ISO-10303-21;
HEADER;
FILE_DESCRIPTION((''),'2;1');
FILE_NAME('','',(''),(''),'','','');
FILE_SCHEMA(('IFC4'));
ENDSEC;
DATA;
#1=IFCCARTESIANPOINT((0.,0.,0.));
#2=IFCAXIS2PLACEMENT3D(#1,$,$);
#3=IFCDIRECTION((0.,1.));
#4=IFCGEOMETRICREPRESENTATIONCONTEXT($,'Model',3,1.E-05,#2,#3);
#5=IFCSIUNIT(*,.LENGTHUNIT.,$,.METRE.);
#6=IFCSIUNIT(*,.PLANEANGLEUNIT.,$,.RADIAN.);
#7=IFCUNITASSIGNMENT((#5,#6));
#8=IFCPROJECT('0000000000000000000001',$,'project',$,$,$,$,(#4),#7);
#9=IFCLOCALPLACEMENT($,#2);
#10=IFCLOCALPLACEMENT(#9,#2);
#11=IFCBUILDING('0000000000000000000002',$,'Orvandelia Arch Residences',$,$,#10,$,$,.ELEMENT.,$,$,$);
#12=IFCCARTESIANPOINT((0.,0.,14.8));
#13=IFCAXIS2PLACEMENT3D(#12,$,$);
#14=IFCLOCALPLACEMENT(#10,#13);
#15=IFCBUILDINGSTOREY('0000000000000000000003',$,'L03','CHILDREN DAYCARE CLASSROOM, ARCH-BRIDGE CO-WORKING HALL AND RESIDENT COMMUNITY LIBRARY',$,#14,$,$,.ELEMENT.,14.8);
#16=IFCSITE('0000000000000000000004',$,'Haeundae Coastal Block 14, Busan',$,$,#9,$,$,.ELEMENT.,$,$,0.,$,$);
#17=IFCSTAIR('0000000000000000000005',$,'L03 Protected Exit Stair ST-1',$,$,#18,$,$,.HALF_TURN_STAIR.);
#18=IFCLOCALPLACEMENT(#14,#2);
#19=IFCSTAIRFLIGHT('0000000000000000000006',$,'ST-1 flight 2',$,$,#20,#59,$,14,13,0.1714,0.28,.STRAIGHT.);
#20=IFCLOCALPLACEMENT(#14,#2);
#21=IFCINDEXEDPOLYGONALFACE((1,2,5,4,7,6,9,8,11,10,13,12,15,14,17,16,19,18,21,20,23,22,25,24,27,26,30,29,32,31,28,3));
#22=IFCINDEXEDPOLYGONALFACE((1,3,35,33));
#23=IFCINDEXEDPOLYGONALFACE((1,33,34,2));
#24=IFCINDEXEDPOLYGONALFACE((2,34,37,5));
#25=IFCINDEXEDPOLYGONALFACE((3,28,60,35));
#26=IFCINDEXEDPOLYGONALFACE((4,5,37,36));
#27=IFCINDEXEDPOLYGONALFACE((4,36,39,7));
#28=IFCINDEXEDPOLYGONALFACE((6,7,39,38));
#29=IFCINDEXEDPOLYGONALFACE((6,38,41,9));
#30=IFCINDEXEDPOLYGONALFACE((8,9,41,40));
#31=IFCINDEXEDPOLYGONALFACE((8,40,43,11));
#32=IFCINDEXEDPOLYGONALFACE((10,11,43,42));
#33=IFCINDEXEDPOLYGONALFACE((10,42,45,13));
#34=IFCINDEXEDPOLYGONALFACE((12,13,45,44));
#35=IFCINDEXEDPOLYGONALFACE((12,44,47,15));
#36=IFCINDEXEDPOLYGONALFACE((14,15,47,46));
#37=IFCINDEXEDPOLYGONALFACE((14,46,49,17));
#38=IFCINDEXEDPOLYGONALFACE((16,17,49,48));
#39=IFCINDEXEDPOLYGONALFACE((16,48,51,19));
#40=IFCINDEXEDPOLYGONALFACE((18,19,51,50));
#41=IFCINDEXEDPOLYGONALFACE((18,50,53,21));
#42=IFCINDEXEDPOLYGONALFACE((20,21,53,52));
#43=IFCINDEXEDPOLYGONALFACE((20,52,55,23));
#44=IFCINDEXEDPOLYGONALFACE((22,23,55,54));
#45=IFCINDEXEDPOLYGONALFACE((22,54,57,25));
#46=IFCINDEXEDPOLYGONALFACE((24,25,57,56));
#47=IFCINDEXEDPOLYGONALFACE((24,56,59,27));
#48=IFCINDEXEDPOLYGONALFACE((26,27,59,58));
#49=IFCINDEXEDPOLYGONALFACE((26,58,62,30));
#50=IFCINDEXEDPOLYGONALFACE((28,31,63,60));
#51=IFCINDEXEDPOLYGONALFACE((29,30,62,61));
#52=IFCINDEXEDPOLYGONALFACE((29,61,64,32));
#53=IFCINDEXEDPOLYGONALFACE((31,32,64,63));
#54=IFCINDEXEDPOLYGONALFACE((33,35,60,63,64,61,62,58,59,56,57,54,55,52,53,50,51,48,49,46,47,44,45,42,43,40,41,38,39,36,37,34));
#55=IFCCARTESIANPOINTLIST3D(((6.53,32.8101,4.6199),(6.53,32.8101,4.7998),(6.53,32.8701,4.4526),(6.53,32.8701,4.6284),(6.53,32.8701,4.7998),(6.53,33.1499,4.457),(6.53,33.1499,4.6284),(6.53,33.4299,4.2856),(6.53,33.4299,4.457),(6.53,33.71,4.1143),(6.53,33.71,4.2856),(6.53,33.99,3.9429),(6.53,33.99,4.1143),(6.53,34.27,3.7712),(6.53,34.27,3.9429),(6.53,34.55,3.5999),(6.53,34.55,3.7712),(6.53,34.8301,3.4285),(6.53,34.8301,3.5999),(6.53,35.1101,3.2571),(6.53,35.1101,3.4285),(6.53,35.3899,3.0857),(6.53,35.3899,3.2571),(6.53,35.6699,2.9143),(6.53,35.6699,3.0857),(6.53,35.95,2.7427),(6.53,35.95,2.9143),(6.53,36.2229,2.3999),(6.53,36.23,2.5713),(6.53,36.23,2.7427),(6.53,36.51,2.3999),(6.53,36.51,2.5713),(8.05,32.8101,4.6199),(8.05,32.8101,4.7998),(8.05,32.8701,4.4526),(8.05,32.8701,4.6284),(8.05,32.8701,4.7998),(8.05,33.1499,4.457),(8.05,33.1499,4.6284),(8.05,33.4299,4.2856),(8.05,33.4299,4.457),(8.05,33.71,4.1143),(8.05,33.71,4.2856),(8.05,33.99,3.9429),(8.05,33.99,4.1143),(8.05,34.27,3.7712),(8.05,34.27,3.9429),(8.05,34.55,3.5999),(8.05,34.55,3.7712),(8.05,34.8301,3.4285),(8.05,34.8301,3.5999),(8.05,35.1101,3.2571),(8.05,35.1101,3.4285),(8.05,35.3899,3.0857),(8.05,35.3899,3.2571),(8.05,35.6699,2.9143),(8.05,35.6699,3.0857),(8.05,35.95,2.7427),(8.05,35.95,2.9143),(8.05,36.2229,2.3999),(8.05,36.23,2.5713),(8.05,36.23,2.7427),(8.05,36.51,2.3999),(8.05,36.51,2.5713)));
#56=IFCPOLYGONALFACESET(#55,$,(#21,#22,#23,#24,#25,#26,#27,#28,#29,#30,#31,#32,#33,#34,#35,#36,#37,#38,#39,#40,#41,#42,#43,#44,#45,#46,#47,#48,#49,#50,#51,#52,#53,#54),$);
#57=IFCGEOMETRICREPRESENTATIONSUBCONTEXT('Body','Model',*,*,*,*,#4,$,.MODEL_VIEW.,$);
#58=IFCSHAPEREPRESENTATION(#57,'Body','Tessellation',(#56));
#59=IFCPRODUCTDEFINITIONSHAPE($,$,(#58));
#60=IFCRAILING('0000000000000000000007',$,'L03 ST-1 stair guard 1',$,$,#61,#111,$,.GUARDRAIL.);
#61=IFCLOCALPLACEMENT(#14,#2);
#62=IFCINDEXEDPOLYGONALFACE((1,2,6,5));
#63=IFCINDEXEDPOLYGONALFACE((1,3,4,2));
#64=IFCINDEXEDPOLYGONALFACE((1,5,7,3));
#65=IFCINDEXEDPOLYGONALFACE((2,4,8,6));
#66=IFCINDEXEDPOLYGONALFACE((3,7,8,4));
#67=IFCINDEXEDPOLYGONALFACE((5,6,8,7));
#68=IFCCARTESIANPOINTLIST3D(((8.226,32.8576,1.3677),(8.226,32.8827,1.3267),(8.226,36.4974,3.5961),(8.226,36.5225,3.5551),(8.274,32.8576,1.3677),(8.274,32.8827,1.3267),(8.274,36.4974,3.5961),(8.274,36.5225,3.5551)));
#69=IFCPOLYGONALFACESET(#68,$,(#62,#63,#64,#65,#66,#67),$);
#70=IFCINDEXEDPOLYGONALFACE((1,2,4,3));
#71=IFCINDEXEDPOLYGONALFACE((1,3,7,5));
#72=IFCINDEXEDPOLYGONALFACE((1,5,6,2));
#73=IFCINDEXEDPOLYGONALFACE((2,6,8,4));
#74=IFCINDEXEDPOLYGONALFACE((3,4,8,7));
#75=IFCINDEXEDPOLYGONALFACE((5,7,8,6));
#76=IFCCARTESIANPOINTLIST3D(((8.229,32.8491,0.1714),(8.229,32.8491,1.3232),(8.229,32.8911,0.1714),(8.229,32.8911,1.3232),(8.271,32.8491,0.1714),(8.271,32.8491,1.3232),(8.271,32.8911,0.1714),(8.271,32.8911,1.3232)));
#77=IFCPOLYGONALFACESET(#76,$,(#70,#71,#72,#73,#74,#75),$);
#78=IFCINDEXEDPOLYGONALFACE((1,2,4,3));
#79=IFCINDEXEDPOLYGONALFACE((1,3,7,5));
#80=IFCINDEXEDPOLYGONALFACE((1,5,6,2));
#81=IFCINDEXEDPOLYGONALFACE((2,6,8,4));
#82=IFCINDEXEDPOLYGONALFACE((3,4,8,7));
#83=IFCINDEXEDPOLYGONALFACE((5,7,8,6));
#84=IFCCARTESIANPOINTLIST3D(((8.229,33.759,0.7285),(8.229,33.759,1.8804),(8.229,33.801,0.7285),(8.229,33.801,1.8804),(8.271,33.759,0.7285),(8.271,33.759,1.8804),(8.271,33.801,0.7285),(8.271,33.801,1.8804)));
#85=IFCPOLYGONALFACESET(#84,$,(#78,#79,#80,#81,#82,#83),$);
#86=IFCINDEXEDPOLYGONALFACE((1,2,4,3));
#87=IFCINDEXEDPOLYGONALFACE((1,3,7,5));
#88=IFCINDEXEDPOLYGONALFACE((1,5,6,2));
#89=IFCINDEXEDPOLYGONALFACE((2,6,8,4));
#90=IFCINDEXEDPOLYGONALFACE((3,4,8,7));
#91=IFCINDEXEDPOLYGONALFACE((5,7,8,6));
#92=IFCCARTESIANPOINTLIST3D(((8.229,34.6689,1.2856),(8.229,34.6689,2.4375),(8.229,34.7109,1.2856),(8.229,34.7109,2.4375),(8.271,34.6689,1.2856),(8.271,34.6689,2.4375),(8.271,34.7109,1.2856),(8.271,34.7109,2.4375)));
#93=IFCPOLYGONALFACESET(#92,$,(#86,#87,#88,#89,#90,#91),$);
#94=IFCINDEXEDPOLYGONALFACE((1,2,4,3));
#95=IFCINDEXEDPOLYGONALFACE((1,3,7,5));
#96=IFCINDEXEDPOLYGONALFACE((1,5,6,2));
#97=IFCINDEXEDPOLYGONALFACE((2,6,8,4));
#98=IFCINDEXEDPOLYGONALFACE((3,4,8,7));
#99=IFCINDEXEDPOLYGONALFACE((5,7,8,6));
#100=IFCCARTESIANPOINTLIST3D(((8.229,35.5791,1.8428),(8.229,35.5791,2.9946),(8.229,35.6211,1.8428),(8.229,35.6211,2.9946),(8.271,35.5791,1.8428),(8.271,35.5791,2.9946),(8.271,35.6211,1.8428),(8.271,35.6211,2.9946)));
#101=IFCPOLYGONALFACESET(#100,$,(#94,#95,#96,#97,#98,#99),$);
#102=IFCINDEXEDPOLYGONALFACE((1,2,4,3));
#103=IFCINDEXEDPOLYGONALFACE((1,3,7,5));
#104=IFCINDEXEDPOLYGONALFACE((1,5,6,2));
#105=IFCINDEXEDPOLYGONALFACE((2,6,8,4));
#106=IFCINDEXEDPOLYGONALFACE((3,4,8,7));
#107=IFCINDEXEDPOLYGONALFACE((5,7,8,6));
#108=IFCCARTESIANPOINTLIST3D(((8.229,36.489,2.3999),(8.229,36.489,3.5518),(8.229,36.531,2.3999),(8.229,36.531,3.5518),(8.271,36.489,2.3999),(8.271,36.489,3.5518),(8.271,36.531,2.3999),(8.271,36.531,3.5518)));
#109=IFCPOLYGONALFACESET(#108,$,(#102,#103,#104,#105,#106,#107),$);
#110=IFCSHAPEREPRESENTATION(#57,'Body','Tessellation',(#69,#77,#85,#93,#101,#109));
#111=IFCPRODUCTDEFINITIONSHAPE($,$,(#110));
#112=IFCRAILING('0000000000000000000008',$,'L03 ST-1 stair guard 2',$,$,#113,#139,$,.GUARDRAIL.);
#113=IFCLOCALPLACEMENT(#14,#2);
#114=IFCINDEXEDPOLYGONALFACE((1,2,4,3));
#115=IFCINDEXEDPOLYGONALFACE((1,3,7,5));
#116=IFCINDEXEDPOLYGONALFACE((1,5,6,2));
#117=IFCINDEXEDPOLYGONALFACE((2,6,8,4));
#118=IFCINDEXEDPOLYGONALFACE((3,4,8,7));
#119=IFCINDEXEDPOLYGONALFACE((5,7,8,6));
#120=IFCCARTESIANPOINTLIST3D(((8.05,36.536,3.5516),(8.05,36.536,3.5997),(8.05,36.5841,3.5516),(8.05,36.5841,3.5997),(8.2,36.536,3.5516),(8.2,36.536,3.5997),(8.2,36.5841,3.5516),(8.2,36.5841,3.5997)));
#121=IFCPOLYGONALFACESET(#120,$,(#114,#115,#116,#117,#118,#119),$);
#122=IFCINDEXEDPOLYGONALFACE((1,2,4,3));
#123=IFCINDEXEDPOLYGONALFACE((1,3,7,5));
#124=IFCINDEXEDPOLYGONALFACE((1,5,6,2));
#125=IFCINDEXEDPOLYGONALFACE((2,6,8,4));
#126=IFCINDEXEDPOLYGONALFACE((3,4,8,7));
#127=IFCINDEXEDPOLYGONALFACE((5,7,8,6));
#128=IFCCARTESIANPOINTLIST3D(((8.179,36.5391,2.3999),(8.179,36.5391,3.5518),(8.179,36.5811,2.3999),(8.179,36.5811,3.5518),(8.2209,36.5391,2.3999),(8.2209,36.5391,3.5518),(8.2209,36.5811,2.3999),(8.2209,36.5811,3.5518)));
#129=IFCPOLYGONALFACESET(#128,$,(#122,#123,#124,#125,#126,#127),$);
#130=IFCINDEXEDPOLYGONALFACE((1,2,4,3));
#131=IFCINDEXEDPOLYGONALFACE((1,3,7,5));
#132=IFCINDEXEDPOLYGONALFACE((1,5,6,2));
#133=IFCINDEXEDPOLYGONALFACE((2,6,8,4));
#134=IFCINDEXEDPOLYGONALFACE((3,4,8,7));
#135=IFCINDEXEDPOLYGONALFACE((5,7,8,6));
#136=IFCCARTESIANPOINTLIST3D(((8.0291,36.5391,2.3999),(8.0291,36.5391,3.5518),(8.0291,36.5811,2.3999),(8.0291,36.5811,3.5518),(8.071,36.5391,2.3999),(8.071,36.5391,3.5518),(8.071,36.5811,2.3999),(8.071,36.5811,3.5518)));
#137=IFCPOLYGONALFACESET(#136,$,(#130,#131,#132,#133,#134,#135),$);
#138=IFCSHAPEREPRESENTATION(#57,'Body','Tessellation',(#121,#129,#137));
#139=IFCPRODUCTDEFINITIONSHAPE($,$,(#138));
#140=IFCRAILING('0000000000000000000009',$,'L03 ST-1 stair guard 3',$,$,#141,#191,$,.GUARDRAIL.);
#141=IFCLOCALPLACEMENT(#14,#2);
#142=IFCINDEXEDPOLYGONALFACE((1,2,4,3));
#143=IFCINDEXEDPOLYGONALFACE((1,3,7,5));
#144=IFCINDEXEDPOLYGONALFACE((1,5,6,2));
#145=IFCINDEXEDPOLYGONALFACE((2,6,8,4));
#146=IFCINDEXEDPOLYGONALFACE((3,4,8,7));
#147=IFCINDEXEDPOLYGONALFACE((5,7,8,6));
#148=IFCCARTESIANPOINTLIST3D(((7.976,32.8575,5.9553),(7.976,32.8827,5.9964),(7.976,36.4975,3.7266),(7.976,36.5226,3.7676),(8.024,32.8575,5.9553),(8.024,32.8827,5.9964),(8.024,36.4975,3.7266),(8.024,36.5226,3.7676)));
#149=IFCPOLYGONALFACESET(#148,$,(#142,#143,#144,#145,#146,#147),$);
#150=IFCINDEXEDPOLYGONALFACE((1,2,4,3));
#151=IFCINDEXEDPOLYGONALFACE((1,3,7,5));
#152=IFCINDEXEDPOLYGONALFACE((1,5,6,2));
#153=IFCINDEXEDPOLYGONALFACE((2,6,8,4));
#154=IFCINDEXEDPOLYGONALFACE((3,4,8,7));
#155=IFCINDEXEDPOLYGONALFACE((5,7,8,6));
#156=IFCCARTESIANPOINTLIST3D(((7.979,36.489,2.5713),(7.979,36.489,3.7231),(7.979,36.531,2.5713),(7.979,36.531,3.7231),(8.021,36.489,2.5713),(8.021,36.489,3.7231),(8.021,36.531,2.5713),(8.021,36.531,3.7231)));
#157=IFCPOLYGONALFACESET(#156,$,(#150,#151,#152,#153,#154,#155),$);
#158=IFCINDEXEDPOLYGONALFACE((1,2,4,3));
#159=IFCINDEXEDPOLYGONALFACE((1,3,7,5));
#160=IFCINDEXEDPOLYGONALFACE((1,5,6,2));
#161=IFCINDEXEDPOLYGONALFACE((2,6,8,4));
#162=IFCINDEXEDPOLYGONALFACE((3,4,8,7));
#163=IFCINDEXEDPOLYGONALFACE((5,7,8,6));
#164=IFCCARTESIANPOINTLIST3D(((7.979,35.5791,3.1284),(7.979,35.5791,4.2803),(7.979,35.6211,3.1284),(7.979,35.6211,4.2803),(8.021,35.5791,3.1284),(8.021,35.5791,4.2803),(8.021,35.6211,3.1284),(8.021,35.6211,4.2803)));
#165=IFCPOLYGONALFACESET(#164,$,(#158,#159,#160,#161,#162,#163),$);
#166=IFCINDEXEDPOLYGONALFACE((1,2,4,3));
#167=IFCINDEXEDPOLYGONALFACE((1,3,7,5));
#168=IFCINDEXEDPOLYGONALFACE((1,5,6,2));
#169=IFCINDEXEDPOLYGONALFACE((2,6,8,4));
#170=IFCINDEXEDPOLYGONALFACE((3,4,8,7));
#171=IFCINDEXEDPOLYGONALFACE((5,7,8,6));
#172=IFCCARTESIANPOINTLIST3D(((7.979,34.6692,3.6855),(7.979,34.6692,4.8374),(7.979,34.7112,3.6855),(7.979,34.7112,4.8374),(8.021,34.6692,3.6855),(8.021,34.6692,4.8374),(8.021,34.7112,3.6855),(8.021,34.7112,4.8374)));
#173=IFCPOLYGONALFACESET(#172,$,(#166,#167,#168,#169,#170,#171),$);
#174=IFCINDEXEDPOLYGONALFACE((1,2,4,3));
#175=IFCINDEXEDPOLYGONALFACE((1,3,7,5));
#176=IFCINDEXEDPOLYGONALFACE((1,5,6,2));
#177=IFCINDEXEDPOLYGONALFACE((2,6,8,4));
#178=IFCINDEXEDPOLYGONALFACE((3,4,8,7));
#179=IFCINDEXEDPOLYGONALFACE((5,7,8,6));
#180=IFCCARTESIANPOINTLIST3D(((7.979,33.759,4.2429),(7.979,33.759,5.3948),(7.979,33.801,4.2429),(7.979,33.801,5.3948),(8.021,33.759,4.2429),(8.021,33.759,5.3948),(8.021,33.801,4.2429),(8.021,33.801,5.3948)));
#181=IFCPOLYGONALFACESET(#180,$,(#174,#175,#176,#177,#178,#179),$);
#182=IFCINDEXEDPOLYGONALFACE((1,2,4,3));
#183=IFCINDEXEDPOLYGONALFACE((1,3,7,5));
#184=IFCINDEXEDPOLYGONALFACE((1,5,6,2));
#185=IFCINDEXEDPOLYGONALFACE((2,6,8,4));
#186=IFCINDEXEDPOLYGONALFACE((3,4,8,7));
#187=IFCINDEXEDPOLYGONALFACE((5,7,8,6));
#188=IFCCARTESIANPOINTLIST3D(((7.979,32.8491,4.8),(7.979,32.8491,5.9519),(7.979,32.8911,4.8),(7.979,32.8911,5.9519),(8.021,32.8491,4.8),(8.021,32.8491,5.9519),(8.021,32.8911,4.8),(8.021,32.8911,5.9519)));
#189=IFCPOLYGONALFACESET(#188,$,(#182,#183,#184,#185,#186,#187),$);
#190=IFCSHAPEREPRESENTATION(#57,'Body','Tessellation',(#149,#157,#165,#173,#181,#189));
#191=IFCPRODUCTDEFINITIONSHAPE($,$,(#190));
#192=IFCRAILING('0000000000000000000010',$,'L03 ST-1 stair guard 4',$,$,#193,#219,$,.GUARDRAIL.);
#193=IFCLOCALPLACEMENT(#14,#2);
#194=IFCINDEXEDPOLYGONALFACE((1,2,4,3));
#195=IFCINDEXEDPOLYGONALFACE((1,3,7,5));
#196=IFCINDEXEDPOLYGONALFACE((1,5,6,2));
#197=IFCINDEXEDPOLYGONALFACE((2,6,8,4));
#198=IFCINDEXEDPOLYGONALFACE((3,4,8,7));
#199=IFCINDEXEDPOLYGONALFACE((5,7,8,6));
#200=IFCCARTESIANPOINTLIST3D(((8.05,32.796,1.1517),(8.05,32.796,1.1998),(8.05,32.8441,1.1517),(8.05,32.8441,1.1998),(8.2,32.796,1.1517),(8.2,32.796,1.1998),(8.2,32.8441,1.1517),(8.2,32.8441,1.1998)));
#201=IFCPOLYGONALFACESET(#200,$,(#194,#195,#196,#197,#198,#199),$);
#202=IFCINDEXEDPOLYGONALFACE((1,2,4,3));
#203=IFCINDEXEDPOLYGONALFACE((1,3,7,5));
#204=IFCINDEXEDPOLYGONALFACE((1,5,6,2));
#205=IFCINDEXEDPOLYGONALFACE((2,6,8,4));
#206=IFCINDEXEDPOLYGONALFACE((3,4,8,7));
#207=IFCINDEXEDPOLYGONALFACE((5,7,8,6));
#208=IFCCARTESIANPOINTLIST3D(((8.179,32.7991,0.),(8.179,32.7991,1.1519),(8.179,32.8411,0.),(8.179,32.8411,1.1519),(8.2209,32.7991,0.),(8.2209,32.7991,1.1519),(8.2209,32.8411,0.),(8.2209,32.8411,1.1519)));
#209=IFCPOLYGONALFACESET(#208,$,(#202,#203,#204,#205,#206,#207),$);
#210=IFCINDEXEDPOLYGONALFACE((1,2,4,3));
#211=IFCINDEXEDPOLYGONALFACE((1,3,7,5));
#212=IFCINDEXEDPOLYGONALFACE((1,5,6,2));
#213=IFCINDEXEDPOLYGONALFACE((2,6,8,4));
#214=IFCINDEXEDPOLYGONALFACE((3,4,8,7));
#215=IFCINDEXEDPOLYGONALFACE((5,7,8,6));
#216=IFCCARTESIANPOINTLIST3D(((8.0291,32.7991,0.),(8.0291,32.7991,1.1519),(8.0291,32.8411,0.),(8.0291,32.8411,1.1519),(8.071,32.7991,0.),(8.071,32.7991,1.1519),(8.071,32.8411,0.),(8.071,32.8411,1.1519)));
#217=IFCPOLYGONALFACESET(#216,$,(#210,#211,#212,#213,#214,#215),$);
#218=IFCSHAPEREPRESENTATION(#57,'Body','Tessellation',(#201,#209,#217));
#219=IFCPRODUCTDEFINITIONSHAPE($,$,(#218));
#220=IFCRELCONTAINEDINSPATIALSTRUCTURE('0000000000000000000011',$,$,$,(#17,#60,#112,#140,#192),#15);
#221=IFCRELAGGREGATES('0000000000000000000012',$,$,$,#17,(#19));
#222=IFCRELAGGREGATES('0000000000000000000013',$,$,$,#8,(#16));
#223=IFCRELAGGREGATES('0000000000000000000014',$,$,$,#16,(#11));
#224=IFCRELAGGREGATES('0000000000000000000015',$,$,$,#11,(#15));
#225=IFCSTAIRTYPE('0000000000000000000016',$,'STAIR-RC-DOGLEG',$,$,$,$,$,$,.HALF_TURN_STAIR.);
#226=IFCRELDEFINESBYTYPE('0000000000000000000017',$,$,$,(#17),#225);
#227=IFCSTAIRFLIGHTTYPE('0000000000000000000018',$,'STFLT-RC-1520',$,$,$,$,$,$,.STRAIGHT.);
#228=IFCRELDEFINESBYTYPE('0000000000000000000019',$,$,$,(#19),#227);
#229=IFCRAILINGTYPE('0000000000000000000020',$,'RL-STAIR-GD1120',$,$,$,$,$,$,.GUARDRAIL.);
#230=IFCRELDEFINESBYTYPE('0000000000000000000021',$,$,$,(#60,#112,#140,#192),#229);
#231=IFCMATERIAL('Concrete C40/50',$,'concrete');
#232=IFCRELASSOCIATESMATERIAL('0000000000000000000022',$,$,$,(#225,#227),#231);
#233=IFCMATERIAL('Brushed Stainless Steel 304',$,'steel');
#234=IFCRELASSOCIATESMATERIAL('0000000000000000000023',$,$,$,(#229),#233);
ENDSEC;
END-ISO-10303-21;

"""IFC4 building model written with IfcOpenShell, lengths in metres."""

from ifc_helpers import new_model, si_unit, direction, frame, origin, origin_2d, place, context, subcontext, project, spatial, polyline, rectangle, outline, extrude, material, type_object, element, aggregate, save


model = new_model("IFC4")

# Units and contexts
model_context = context("Model", 3, precision=1e-05, world=origin(), true_north=direction((0.0, 1.0)))
body_context = subcontext(model_context, "Body", "Model", "MODEL_VIEW")
ifc_project = project(units=[si_unit("LENGTHUNIT", "METRE"), si_unit("PLANEANGLEUNIT", "RADIAN")], contexts=[model_context])

# Site, building, storey
site_placement = place(None, origin())
site = spatial("IfcSite", under=ifc_project, at=site_placement, Name="Haeundae Coastal Block 14, Busan", CompositionType="ELEMENT", RefElevation=0.0)
building_placement = place(site_placement, origin())
building = spatial("IfcBuilding", under=site, at=building_placement, Name="Orvandelia Arch Residences", CompositionType="ELEMENT")
storey_placement = place(building_placement, frame((0.0, 0.0, 14.8)))
storey = spatial("IfcBuildingStorey", under=building, at=storey_placement, Name="L03", Description="CHILDREN DAYCARE CLASSROOM, ARCH-BRIDGE CO-WORKING HALL AND RESIDENT COMMUNITY LIBRARY", CompositionType="ELEMENT", Elevation=14.8)

# Stair, stair flight
ifc_material_1 = material(Name="Concrete C40/50", Category="concrete")
stair_type = type_object("IfcStairType", Name="STAIR-RC-DOGLEG", PredefinedType="HALF_TURN_STAIR", material=ifc_material_1)
stair_placement = place(storey_placement, origin())
stair = element("IfcStair", 1, at=stair_placement, inside=storey, type_object=stair_type, Name="L03 Protected Exit Stair ST-1", PredefinedType="HALF_TURN_STAIR")
stair_flight_type = type_object("IfcStairFlightType", Name="STFLT-RC-1520", PredefinedType="STRAIGHT", material=ifc_material_1)
stair_flight_1_placement = place(storey_placement, frame((7.29, 36.51, 2.3999), z_axis=(0.0, 0.0, 1.0), x_axis=(0.0, -1.0, 0.0)))
stair_flight_1 = element("IfcStairFlight", 2, at=stair_flight_1_placement, type_object=stair_flight_type, Name="ST-1 flight 2", NumberOfRisers=14, NumberOfTreads=13, PredefinedType="STRAIGHT", RiserHeight=0.1714, TreadLength=0.28, context=body_context, shape_type="SweptSolid", body=[
    extrude(outline(polyline([(0.0, 0.0), (0.0, 0.1714), (0.28, 0.1714), (0.28, 0.3428), (0.5601, 0.3428), (0.5601, 0.5144), (0.8401, 0.5144), (0.8401, 0.6858), (1.1201, 0.6858), (1.1201, 0.8572), (1.3999, 0.8572), (1.3999, 1.0286), (1.6799, 1.0286), (1.6799, 1.2), (1.96, 1.2), (1.96, 1.3713), (2.24, 1.3713), (2.24, 1.543), (2.52, 1.543), (2.52, 1.7144), (2.8, 1.7144), (2.8, 1.8857), (3.0801, 1.8857), (3.0801, 2.0571), (3.3601, 2.0571), (3.3601, 2.2285), (3.6399, 2.2285), (3.6399, 2.3999), (3.7, 2.3999), (3.7, 2.22), (3.6399, 2.0527), (0.2871, 0.0), (0.0, 0.0)])), frame((0.0, 0.76, 0.0), z_axis=(0.0, -1.0, 0.0), x_axis=(1.0, 0.0, 0.0)), (0.0, 0.0, 1.0), 1.52),
])
aggregate(stair, [stair_flight_1])

# Railings
ifc_material_2 = material(Name="Brushed Stainless Steel 304", Category="steel")
railing_type_1 = type_object("IfcRailingType", Name="RL-STAIR-GD1120", PredefinedType="GUARDRAIL", material=ifc_material_2)
railing_1_placement = place(storey_placement, frame((8.25, 32.8701, 0.1714)))
element("IfcRailing", 3, at=railing_1_placement, inside=storey, type_object=railing_type_1, Name="L03 ST-1 stair guard 1", PredefinedType="GUARDRAIL", context=body_context, shape_type="SweptSolid", body=[
    extrude(rectangle(XDim=0.0481, YDim=0.0481, at=origin_2d()), frame((0.0, 0.0, 1.1758), z_axis=(0.0, 0.85285, 0.522156), x_axis=(-1.0, 0.0, 0.0)), (0.0, 0.0, 1.0), 4.2678),
    extrude(rectangle(XDim=0.042, YDim=0.042, at=origin_2d()), origin(), (0.0, 0.0, 1.0), 1.1519),
    extrude(rectangle(XDim=0.042, YDim=0.042, at=origin_2d()), frame((0.0, 0.9099, 0.5571)), (0.0, 0.0, 1.0), 1.1519),
    extrude(rectangle(XDim=0.042, YDim=0.042, at=origin_2d()), frame((0.0, 1.8198, 1.1143)), (0.0, 0.0, 1.0), 1.1519),
    extrude(rectangle(XDim=0.042, YDim=0.042, at=origin_2d()), frame((0.0, 2.73, 1.6714)), (0.0, 0.0, 1.0), 1.1519),
    extrude(rectangle(XDim=0.042, YDim=0.042, at=origin_2d()), frame((0.0, 3.6399, 2.2285)), (0.0, 0.0, 1.0), 1.1519),
])
railing_2_placement = place(storey_placement, frame((8.2, 36.5601, 2.3999)))
element("IfcRailing", 4, at=railing_2_placement, inside=storey, type_object=railing_type_1, Name="L03 ST-1 stair guard 2", PredefinedType="GUARDRAIL", context=body_context, shape_type="SweptSolid", body=[
    extrude(rectangle(XDim=0.0481, YDim=0.0481, at=origin_2d()), frame((0.0, 0.0, 1.1758), z_axis=(-1.0, 0.0, 0.0), x_axis=(0.0, -1.0, 0.0)), (0.0, 0.0, 1.0), 0.1499),
    extrude(rectangle(XDim=0.042, YDim=0.042, at=origin_2d()), origin(), (0.0, 0.0, 1.0), 1.1519),
    extrude(rectangle(XDim=0.042, YDim=0.042, at=origin_2d()), frame((-0.1499, 0.0, 0.0)), (0.0, 0.0, 1.0), 1.1519),
])
railing_3_placement = place(storey_placement, frame((8.0, 36.51, 2.5713)))
element("IfcRailing", 5, at=railing_3_placement, inside=storey, type_object=railing_type_1, Name="L03 ST-1 stair guard 3", PredefinedType="GUARDRAIL", context=body_context, shape_type="SweptSolid", body=[
    extrude(rectangle(XDim=0.0481, YDim=0.0481, at=origin_2d()), frame((0.0, 0.0, 1.1758), z_axis=(0.0, -0.852825, 0.522197), x_axis=(1.0, 0.0, 0.0)), (0.0, 0.0, 1.0), 4.2681),
    extrude(rectangle(XDim=0.042, YDim=0.042, at=origin_2d()), origin(), (0.0, 0.0, 1.0), 1.1519),
    extrude(rectangle(XDim=0.042, YDim=0.042, at=origin_2d()), frame((0.0, -0.9099, 0.5571)), (0.0, 0.0, 1.0), 1.1519),
    extrude(rectangle(XDim=0.042, YDim=0.042, at=origin_2d()), frame((0.0, -1.8198, 1.1143)), (0.0, 0.0, 1.0), 1.1519),
    extrude(rectangle(XDim=0.042, YDim=0.042, at=origin_2d()), frame((0.0, -2.73, 1.6716)), (0.0, 0.0, 1.0), 1.1519),
    extrude(rectangle(XDim=0.042, YDim=0.042, at=origin_2d()), frame((0.0, -3.6399, 2.2288)), (0.0, 0.0, 1.0), 1.1519),
])
railing_4_placement = place(storey_placement, frame((8.2, 32.8201, 0.0)))
element("IfcRailing", 6, at=railing_4_placement, inside=storey, type_object=railing_type_1, Name="L03 ST-1 stair guard 4", PredefinedType="GUARDRAIL", context=body_context, shape_type="SweptSolid", body=[
    extrude(rectangle(XDim=0.0481, YDim=0.0481, at=origin_2d()), frame((0.0, 0.0, 1.1758), z_axis=(-1.0, 0.0, 0.0), x_axis=(0.0, -1.0, 0.0)), (0.0, 0.0, 1.0), 0.1499),
    extrude(rectangle(XDim=0.042, YDim=0.042, at=origin_2d()), origin(), (0.0, 0.0, 1.0), 1.1519),
    extrude(rectangle(XDim=0.042, YDim=0.042, at=origin_2d()), frame((-0.1499, 0.0, 0.0)), (0.0, 0.0, 1.0), 1.1519),
])

save(model, "model.ifc")
